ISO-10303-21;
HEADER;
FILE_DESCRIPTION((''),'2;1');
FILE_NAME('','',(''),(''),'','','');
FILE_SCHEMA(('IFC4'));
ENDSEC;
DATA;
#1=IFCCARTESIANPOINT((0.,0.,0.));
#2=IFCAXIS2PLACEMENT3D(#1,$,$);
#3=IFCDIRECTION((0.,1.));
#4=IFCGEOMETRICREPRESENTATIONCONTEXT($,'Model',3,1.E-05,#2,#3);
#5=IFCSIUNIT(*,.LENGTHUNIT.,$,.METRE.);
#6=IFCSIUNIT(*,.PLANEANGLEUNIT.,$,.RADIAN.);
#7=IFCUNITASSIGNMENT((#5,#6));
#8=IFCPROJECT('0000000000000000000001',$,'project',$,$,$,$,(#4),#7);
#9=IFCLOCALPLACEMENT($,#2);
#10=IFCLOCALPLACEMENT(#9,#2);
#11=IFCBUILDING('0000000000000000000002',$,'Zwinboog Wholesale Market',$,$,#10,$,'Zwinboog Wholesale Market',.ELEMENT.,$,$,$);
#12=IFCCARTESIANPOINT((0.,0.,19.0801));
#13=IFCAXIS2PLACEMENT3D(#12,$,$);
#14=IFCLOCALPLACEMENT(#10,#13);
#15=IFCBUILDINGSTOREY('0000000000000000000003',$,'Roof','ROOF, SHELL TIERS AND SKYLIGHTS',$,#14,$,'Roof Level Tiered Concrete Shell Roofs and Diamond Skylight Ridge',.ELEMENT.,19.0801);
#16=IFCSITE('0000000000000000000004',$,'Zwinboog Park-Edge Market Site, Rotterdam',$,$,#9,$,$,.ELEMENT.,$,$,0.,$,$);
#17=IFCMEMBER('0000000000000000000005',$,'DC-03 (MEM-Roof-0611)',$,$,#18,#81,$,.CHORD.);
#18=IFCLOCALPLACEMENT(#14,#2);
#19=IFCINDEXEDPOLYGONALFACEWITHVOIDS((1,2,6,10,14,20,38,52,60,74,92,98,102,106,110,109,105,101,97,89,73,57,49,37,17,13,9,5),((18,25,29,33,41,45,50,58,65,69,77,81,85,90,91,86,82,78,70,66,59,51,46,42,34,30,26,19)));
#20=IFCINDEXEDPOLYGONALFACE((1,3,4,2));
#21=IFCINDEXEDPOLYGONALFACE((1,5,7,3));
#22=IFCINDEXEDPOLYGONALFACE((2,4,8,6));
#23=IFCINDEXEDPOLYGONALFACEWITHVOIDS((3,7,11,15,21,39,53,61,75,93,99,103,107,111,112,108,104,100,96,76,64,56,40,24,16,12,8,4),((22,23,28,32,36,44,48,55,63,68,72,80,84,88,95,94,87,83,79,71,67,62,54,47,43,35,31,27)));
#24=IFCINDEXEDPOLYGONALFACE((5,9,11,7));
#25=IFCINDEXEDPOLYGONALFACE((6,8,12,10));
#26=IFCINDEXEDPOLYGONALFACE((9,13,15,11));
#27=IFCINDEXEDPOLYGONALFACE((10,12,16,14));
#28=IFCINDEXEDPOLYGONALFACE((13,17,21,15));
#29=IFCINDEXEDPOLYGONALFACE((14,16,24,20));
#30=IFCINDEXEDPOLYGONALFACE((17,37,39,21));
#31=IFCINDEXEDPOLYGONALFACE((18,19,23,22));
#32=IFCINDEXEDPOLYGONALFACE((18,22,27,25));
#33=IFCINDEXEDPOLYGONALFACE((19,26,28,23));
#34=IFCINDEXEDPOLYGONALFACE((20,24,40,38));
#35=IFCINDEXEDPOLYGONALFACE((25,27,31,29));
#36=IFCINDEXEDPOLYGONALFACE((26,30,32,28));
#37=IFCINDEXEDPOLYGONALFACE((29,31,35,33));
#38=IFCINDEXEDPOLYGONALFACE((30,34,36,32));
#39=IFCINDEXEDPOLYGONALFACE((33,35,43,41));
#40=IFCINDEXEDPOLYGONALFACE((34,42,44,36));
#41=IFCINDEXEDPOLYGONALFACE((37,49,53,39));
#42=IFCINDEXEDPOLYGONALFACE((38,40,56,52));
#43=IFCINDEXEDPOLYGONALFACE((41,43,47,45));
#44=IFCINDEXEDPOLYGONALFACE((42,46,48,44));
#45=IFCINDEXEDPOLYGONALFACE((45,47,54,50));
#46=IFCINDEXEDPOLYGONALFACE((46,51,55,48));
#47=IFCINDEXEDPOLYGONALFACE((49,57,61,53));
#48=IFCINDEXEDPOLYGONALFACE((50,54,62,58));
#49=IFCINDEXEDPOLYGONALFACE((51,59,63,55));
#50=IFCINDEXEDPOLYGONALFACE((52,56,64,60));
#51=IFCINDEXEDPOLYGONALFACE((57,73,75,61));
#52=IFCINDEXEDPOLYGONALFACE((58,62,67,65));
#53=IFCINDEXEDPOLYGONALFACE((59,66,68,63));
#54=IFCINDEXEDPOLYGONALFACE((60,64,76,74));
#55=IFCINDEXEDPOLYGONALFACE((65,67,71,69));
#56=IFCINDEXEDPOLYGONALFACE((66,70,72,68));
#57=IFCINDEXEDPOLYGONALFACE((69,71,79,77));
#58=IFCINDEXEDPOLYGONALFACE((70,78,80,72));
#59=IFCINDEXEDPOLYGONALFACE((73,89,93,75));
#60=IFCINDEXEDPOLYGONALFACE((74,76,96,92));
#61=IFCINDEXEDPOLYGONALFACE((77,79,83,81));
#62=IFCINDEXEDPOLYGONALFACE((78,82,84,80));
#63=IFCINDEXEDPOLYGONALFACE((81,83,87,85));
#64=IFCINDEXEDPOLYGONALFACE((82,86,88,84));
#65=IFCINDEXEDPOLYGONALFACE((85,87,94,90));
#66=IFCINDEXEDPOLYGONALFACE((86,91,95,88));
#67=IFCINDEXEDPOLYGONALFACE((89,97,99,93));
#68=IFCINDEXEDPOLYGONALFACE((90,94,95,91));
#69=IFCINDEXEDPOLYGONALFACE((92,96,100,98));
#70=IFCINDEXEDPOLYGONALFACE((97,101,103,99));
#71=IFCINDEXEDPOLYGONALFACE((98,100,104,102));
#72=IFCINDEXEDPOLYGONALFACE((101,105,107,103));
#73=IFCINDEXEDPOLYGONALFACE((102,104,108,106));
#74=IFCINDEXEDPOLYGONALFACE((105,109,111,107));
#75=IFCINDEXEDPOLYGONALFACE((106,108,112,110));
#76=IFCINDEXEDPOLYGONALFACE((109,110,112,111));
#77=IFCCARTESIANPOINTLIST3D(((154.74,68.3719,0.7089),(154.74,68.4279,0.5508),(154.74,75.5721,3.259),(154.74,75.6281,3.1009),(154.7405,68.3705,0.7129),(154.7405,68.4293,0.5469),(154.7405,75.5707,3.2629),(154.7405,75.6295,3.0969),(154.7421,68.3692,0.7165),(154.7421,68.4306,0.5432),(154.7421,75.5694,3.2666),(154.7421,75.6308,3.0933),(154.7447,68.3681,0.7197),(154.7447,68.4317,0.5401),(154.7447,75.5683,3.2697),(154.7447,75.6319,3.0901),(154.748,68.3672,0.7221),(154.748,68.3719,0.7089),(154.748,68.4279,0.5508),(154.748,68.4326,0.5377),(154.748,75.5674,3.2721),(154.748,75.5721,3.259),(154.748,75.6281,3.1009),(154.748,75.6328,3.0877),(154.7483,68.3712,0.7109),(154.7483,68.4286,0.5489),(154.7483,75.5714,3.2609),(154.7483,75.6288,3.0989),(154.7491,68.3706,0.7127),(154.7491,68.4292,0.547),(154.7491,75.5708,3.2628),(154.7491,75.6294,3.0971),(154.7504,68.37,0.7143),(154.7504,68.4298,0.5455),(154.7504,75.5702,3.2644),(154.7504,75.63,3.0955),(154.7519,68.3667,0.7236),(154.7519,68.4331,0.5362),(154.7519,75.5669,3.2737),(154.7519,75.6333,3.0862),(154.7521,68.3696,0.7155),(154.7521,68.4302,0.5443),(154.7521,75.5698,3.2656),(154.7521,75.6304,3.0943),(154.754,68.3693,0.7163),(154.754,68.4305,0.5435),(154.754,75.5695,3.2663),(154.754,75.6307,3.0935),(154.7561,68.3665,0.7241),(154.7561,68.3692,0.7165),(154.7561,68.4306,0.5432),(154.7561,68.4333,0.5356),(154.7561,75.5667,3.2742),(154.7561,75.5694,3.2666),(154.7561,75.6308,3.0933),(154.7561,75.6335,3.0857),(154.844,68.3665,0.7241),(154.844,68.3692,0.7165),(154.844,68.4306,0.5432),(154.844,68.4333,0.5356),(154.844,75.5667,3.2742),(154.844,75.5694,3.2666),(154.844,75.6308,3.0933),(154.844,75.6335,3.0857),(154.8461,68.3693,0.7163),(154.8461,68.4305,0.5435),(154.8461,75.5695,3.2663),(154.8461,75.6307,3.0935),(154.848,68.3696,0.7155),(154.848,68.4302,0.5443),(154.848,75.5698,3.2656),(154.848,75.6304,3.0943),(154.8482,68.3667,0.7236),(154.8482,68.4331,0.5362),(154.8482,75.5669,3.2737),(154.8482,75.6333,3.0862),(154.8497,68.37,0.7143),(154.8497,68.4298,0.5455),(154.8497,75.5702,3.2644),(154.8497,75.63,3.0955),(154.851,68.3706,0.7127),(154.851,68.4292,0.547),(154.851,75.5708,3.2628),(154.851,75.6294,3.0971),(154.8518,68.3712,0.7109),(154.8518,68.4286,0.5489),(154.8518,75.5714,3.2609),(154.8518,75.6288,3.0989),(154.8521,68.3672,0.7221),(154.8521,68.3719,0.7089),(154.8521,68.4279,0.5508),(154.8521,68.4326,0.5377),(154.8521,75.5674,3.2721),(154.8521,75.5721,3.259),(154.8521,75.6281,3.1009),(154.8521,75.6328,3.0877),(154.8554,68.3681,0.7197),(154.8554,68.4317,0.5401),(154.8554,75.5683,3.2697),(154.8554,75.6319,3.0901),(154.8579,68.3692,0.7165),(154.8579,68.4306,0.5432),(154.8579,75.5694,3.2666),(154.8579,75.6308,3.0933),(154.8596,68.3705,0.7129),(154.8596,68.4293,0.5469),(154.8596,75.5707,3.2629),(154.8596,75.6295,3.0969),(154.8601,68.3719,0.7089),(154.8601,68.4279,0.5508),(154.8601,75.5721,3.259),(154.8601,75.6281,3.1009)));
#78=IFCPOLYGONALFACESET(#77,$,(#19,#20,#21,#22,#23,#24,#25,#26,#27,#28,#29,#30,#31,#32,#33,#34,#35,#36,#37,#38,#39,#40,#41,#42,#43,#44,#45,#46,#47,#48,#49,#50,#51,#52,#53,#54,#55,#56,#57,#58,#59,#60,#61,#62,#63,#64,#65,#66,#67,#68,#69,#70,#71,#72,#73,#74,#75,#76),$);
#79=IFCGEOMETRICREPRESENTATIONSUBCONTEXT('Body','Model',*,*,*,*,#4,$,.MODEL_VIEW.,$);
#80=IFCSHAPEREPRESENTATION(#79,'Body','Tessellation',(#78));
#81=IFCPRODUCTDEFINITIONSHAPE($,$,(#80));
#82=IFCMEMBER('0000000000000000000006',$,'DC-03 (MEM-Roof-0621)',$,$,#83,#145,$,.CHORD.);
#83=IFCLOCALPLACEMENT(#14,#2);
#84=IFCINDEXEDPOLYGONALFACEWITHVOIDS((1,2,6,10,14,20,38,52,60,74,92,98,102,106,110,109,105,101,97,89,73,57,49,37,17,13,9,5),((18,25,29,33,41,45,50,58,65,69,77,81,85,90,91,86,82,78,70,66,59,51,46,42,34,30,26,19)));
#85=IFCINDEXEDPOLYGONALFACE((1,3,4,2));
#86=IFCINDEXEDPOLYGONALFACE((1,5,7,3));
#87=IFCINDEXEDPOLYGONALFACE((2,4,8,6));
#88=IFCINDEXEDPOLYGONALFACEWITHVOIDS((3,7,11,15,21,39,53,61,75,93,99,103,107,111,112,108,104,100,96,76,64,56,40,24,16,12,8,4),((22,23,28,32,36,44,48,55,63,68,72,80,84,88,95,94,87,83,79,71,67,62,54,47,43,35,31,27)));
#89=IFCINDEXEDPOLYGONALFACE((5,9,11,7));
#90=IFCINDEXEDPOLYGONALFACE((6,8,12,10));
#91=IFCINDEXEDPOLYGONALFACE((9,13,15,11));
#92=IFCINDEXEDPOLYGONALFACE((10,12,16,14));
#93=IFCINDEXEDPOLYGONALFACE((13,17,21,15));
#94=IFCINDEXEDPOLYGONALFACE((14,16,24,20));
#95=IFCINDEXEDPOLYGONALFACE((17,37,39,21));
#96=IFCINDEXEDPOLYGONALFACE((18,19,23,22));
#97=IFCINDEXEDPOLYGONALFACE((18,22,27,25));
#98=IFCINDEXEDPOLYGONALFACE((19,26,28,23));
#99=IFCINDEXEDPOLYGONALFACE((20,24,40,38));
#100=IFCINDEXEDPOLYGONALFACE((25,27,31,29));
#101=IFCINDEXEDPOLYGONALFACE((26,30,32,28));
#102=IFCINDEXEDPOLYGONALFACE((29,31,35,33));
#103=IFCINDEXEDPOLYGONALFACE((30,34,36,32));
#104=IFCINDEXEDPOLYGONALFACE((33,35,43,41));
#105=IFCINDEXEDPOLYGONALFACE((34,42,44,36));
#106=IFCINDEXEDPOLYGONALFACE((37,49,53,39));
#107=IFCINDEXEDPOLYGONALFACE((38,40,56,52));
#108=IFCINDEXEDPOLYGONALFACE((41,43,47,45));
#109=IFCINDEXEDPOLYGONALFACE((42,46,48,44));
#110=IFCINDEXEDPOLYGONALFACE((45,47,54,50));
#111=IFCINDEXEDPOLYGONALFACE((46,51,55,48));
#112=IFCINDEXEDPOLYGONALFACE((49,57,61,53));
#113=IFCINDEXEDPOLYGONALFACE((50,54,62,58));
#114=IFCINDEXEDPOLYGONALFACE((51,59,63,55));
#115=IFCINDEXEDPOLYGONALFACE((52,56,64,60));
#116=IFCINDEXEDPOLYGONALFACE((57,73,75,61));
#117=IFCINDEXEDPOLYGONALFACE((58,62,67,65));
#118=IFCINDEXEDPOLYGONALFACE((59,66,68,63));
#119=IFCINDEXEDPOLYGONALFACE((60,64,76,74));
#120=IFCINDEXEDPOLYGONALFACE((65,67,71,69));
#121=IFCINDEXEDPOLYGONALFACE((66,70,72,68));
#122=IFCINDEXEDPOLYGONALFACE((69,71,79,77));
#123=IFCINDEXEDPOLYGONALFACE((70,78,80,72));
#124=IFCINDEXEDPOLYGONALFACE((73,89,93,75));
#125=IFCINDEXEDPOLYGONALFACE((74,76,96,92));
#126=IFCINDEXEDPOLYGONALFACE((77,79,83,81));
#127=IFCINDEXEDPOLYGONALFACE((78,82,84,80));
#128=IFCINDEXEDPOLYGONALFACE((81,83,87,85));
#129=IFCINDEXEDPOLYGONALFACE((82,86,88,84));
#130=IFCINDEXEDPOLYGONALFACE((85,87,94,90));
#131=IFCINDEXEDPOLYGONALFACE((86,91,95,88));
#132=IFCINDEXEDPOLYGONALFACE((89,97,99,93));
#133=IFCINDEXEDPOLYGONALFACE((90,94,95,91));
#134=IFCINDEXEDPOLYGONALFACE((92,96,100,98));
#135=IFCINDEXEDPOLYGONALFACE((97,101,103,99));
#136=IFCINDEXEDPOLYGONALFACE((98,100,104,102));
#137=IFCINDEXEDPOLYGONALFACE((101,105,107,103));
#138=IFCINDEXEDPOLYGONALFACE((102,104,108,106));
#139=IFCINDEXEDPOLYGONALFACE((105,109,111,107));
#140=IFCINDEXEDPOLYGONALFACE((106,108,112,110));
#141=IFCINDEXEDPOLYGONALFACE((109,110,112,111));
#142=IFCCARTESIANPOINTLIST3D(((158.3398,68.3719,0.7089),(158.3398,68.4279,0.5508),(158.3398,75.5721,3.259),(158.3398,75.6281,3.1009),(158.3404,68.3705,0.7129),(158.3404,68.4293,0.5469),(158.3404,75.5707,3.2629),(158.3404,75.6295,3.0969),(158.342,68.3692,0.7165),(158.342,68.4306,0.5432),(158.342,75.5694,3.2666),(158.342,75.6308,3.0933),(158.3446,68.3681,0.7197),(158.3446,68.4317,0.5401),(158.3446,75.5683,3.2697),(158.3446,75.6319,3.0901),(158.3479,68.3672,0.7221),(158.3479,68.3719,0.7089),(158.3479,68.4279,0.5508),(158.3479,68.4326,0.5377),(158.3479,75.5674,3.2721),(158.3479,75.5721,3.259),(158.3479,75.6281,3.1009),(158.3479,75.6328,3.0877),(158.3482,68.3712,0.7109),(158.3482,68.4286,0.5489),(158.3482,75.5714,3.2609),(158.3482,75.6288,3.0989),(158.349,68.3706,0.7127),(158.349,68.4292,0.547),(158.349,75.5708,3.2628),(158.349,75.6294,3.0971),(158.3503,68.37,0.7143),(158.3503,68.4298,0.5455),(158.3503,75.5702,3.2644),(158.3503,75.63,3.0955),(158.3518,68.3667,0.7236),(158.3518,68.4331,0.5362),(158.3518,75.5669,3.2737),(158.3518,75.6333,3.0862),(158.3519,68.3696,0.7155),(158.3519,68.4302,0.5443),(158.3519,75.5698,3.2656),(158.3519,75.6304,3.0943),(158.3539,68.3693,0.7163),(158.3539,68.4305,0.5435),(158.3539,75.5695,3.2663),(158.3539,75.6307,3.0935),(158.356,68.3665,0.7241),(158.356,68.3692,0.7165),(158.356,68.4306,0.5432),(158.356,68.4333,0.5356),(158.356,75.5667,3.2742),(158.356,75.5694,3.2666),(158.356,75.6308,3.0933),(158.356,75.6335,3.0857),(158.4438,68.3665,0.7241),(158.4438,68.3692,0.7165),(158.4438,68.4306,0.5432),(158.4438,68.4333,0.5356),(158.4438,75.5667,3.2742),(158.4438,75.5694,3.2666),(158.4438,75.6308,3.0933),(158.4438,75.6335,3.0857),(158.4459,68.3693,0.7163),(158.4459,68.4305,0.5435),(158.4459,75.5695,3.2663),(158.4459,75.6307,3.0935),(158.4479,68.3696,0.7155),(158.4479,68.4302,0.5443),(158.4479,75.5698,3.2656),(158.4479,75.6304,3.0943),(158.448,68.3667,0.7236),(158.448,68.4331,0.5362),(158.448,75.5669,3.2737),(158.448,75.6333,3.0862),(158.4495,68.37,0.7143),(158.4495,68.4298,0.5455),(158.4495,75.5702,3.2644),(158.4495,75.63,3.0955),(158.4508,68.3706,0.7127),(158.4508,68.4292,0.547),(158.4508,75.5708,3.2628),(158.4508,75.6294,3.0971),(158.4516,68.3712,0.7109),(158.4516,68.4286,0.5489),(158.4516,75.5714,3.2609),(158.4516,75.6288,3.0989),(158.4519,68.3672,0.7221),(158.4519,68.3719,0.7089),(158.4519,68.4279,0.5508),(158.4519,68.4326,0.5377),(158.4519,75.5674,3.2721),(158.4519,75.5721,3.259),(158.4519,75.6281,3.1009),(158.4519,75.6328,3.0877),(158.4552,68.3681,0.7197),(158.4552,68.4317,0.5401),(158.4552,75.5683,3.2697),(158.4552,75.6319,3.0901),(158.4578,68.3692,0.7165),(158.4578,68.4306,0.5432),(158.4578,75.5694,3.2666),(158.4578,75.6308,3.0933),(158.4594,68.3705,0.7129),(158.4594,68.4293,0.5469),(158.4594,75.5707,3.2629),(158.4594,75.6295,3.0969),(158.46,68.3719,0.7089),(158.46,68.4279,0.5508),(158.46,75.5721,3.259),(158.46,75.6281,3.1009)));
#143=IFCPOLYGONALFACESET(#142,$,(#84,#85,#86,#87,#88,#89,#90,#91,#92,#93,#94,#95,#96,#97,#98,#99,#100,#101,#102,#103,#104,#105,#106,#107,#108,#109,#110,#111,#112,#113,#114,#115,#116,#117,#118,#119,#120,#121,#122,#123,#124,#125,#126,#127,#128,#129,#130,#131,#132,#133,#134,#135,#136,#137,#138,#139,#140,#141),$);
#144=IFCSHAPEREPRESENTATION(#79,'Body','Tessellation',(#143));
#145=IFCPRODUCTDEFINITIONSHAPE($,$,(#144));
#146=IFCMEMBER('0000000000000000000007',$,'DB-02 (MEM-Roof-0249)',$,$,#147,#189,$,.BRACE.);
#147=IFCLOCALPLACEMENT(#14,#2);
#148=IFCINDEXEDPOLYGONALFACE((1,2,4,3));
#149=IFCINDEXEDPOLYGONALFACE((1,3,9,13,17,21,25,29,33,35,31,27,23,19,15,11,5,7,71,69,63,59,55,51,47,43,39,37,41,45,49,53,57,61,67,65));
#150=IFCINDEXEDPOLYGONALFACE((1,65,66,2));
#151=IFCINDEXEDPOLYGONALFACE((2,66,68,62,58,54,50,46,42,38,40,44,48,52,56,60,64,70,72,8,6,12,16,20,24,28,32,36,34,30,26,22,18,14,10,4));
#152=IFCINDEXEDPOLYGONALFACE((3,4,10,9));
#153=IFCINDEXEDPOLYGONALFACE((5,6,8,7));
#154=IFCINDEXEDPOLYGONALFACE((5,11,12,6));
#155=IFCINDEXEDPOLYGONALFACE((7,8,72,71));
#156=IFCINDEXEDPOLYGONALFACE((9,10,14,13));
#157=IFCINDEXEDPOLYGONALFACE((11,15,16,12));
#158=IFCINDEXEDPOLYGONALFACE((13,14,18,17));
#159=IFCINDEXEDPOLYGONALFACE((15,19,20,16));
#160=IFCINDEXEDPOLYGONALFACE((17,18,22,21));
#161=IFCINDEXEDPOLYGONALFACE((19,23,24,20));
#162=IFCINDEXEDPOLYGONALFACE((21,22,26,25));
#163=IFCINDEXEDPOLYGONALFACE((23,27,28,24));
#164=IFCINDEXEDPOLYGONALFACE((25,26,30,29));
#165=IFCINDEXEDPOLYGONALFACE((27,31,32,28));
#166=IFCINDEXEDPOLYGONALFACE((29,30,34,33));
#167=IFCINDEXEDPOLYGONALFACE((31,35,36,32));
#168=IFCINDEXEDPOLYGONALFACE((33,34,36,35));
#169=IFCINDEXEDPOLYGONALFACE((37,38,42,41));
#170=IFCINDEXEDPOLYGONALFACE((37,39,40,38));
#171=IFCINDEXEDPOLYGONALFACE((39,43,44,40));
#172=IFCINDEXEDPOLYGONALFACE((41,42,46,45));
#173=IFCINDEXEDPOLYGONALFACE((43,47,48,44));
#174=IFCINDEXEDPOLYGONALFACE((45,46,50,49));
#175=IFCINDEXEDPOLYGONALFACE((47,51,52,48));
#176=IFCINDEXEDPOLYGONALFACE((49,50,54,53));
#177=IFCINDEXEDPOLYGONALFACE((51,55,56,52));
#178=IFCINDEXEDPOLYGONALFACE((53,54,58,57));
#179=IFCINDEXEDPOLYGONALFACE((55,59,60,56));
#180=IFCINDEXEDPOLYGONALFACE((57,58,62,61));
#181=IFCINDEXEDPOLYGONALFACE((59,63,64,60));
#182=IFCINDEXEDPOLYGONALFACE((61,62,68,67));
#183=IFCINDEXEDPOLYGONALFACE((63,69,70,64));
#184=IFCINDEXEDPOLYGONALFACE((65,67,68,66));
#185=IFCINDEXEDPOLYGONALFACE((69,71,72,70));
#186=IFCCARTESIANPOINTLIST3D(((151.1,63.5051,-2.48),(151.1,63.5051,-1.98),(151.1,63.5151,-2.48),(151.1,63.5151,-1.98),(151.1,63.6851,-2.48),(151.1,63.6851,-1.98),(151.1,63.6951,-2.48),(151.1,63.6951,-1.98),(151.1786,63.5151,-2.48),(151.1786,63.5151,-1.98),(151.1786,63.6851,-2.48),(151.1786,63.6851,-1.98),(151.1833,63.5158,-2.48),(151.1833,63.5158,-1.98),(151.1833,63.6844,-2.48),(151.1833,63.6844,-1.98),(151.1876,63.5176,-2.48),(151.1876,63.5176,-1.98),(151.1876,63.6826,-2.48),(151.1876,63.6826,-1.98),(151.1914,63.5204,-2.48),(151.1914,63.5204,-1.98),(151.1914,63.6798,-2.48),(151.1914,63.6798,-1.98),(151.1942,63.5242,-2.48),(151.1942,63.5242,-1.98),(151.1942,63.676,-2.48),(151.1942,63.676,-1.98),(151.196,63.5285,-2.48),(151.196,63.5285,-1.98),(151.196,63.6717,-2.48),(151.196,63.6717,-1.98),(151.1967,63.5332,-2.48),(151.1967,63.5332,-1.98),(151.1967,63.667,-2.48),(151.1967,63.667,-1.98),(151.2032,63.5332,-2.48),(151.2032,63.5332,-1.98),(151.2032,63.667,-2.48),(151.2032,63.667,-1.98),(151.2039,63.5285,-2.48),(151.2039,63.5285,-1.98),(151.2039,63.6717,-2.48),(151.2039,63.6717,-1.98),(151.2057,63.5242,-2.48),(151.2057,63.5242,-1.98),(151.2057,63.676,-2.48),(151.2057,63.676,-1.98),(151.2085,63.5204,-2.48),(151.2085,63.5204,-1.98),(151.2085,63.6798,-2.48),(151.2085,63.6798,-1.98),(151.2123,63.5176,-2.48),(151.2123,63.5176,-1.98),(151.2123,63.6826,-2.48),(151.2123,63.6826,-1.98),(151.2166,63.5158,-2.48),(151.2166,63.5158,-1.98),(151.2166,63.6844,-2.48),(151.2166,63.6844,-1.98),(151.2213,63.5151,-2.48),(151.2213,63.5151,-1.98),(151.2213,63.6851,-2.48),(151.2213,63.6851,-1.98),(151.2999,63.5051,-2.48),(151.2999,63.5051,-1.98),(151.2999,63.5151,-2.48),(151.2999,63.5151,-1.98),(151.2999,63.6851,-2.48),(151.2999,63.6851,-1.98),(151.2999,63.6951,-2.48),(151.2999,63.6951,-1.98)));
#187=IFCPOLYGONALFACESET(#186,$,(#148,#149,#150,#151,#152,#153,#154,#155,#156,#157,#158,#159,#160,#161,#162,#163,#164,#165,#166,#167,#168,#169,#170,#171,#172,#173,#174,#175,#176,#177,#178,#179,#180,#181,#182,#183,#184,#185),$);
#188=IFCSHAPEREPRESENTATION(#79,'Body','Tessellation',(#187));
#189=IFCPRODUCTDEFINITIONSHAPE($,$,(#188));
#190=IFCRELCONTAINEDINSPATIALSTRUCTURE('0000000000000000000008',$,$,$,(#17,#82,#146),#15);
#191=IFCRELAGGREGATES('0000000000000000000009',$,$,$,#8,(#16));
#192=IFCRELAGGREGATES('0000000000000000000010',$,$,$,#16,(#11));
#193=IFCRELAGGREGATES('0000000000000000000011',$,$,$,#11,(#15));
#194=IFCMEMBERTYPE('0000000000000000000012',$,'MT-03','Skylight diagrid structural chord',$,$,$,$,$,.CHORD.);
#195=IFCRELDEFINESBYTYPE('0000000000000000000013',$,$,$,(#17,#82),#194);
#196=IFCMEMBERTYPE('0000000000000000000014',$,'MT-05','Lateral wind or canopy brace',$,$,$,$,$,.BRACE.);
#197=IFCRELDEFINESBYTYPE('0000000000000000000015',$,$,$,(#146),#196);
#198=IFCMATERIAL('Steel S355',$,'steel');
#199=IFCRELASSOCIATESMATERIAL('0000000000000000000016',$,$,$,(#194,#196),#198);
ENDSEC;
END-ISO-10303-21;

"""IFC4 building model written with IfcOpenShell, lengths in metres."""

from ifc_helpers import new_model, si_unit, direction, frame, origin, origin_2d, place, context, subcontext, project, spatial, hollow_rectangle, i_section, extrude, material, material_profile, profile_set, type_object, element, save


model = new_model("IFC4")

# Units and contexts
model_context = context("Model", 3, precision=1e-05, world=origin(), true_north=direction((0.0, 1.0)))
body_context = subcontext(model_context, "Body", "Model", "MODEL_VIEW")
ifc_project = project(units=[si_unit("LENGTHUNIT", "METRE"), si_unit("PLANEANGLEUNIT", "RADIAN")], contexts=[model_context])

# Site, building, storey
site_placement = place(None, origin())
site = spatial("IfcSite", under=ifc_project, at=site_placement, Name="Zwinboog Park-Edge Market Site, Rotterdam", CompositionType="ELEMENT", RefElevation=0.0)
building_placement = place(site_placement, origin())
building = spatial("IfcBuilding", under=site, at=building_placement, Name="Zwinboog Wholesale Market", LongName="Zwinboog Wholesale Market", CompositionType="ELEMENT")
storey_placement = place(building_placement, frame((0.0, 0.0, 19.0801)))
storey = spatial("IfcBuildingStorey", under=building, at=storey_placement, Name="Roof", Description="ROOF, SHELL TIERS AND SKYLIGHTS", LongName="Roof Level Tiered Concrete Shell Roofs and Diamond Skylight Ridge", CompositionType="ELEMENT", Elevation=19.0801)

# Members
ifc_material_1 = material(Name="Steel S355", Category="steel")
ifc_material_profile_1 = material_profile(ifc_material_1, hollow_rectangle(XDim=0.1201, YDim=0.2, WallThickness=0.0081, InnerFilletRadius=0.0081, OuterFilletRadius=0.0161, at=origin_2d()), Name="RHS 200x120x8")
ifc_profile_set_1 = profile_set([ifc_material_profile_1], Name="Steel S355")
member_type_1 = type_object("IfcMemberType", Name="MT-03", Description="Skylight diagrid structural chord", PredefinedType="CHORD", material=ifc_profile_set_1)
for number, where, z_axis, x_axis, name in (
    (1, (154.8, 68.3999, 0.6299), (0.0, 0.942628, 0.333845), (-1.0, 0.0, 0.0), "DC-03 (MEM-Roof-0611)"),
    (2, (158.3999, 68.3999, 0.6299), (0.0, 0.942628, 0.333845), (-1.0, 0.0, 0.0), "DC-03 (MEM-Roof-0621)"),
):
    element("IfcMember", number, at=place(storey_placement, frame(where, z_axis=z_axis, x_axis=x_axis)), inside=storey, type_object=member_type_1, Name=name, PredefinedType="CHORD", context=body_context, shape_type="SweptSolid", body=[
        extrude(hollow_rectangle(XDim=0.1201, YDim=0.2, WallThickness=0.0081, InnerFilletRadius=0.0081, OuterFilletRadius=0.0161, at=origin_2d()), origin(), (0.0, 0.0, 1.0), 7.6384),
    ])
ifc_material_profile_2 = material_profile(ifc_material_1, i_section(OverallWidth=0.2, OverallDepth=0.1899, WebThickness=0.0066, FlangeThickness=0.01, FilletRadius=0.0181, at=origin_2d()), Name="HEA 200")
ifc_profile_set_2 = profile_set([ifc_material_profile_2], Name="Steel S355")
member_type_2 = type_object("IfcMemberType", Name="MT-05", Description="Lateral wind or canopy brace", PredefinedType="BRACE", material=ifc_profile_set_2)
for number, where, z_axis, x_axis, name in (
    (3, (151.2, 63.6001, -2.48), (0.0, 0.0, 1.0), (1.0, 0.0, 0.0), "DB-02 (MEM-Roof-0249)"),
):
    element("IfcMember", number, at=place(storey_placement, frame(where, z_axis=z_axis, x_axis=x_axis)), inside=storey, type_object=member_type_2, Name=name, PredefinedType="BRACE", context=body_context, shape_type="SweptSolid", body=[
        extrude(i_section(OverallWidth=0.2, OverallDepth=0.1899, WebThickness=0.0066, FlangeThickness=0.01, FilletRadius=0.0181, at=origin_2d()), origin(), (0.0, 0.0, 1.0), 0.5),
    ])

save(model, "model.ifc")
